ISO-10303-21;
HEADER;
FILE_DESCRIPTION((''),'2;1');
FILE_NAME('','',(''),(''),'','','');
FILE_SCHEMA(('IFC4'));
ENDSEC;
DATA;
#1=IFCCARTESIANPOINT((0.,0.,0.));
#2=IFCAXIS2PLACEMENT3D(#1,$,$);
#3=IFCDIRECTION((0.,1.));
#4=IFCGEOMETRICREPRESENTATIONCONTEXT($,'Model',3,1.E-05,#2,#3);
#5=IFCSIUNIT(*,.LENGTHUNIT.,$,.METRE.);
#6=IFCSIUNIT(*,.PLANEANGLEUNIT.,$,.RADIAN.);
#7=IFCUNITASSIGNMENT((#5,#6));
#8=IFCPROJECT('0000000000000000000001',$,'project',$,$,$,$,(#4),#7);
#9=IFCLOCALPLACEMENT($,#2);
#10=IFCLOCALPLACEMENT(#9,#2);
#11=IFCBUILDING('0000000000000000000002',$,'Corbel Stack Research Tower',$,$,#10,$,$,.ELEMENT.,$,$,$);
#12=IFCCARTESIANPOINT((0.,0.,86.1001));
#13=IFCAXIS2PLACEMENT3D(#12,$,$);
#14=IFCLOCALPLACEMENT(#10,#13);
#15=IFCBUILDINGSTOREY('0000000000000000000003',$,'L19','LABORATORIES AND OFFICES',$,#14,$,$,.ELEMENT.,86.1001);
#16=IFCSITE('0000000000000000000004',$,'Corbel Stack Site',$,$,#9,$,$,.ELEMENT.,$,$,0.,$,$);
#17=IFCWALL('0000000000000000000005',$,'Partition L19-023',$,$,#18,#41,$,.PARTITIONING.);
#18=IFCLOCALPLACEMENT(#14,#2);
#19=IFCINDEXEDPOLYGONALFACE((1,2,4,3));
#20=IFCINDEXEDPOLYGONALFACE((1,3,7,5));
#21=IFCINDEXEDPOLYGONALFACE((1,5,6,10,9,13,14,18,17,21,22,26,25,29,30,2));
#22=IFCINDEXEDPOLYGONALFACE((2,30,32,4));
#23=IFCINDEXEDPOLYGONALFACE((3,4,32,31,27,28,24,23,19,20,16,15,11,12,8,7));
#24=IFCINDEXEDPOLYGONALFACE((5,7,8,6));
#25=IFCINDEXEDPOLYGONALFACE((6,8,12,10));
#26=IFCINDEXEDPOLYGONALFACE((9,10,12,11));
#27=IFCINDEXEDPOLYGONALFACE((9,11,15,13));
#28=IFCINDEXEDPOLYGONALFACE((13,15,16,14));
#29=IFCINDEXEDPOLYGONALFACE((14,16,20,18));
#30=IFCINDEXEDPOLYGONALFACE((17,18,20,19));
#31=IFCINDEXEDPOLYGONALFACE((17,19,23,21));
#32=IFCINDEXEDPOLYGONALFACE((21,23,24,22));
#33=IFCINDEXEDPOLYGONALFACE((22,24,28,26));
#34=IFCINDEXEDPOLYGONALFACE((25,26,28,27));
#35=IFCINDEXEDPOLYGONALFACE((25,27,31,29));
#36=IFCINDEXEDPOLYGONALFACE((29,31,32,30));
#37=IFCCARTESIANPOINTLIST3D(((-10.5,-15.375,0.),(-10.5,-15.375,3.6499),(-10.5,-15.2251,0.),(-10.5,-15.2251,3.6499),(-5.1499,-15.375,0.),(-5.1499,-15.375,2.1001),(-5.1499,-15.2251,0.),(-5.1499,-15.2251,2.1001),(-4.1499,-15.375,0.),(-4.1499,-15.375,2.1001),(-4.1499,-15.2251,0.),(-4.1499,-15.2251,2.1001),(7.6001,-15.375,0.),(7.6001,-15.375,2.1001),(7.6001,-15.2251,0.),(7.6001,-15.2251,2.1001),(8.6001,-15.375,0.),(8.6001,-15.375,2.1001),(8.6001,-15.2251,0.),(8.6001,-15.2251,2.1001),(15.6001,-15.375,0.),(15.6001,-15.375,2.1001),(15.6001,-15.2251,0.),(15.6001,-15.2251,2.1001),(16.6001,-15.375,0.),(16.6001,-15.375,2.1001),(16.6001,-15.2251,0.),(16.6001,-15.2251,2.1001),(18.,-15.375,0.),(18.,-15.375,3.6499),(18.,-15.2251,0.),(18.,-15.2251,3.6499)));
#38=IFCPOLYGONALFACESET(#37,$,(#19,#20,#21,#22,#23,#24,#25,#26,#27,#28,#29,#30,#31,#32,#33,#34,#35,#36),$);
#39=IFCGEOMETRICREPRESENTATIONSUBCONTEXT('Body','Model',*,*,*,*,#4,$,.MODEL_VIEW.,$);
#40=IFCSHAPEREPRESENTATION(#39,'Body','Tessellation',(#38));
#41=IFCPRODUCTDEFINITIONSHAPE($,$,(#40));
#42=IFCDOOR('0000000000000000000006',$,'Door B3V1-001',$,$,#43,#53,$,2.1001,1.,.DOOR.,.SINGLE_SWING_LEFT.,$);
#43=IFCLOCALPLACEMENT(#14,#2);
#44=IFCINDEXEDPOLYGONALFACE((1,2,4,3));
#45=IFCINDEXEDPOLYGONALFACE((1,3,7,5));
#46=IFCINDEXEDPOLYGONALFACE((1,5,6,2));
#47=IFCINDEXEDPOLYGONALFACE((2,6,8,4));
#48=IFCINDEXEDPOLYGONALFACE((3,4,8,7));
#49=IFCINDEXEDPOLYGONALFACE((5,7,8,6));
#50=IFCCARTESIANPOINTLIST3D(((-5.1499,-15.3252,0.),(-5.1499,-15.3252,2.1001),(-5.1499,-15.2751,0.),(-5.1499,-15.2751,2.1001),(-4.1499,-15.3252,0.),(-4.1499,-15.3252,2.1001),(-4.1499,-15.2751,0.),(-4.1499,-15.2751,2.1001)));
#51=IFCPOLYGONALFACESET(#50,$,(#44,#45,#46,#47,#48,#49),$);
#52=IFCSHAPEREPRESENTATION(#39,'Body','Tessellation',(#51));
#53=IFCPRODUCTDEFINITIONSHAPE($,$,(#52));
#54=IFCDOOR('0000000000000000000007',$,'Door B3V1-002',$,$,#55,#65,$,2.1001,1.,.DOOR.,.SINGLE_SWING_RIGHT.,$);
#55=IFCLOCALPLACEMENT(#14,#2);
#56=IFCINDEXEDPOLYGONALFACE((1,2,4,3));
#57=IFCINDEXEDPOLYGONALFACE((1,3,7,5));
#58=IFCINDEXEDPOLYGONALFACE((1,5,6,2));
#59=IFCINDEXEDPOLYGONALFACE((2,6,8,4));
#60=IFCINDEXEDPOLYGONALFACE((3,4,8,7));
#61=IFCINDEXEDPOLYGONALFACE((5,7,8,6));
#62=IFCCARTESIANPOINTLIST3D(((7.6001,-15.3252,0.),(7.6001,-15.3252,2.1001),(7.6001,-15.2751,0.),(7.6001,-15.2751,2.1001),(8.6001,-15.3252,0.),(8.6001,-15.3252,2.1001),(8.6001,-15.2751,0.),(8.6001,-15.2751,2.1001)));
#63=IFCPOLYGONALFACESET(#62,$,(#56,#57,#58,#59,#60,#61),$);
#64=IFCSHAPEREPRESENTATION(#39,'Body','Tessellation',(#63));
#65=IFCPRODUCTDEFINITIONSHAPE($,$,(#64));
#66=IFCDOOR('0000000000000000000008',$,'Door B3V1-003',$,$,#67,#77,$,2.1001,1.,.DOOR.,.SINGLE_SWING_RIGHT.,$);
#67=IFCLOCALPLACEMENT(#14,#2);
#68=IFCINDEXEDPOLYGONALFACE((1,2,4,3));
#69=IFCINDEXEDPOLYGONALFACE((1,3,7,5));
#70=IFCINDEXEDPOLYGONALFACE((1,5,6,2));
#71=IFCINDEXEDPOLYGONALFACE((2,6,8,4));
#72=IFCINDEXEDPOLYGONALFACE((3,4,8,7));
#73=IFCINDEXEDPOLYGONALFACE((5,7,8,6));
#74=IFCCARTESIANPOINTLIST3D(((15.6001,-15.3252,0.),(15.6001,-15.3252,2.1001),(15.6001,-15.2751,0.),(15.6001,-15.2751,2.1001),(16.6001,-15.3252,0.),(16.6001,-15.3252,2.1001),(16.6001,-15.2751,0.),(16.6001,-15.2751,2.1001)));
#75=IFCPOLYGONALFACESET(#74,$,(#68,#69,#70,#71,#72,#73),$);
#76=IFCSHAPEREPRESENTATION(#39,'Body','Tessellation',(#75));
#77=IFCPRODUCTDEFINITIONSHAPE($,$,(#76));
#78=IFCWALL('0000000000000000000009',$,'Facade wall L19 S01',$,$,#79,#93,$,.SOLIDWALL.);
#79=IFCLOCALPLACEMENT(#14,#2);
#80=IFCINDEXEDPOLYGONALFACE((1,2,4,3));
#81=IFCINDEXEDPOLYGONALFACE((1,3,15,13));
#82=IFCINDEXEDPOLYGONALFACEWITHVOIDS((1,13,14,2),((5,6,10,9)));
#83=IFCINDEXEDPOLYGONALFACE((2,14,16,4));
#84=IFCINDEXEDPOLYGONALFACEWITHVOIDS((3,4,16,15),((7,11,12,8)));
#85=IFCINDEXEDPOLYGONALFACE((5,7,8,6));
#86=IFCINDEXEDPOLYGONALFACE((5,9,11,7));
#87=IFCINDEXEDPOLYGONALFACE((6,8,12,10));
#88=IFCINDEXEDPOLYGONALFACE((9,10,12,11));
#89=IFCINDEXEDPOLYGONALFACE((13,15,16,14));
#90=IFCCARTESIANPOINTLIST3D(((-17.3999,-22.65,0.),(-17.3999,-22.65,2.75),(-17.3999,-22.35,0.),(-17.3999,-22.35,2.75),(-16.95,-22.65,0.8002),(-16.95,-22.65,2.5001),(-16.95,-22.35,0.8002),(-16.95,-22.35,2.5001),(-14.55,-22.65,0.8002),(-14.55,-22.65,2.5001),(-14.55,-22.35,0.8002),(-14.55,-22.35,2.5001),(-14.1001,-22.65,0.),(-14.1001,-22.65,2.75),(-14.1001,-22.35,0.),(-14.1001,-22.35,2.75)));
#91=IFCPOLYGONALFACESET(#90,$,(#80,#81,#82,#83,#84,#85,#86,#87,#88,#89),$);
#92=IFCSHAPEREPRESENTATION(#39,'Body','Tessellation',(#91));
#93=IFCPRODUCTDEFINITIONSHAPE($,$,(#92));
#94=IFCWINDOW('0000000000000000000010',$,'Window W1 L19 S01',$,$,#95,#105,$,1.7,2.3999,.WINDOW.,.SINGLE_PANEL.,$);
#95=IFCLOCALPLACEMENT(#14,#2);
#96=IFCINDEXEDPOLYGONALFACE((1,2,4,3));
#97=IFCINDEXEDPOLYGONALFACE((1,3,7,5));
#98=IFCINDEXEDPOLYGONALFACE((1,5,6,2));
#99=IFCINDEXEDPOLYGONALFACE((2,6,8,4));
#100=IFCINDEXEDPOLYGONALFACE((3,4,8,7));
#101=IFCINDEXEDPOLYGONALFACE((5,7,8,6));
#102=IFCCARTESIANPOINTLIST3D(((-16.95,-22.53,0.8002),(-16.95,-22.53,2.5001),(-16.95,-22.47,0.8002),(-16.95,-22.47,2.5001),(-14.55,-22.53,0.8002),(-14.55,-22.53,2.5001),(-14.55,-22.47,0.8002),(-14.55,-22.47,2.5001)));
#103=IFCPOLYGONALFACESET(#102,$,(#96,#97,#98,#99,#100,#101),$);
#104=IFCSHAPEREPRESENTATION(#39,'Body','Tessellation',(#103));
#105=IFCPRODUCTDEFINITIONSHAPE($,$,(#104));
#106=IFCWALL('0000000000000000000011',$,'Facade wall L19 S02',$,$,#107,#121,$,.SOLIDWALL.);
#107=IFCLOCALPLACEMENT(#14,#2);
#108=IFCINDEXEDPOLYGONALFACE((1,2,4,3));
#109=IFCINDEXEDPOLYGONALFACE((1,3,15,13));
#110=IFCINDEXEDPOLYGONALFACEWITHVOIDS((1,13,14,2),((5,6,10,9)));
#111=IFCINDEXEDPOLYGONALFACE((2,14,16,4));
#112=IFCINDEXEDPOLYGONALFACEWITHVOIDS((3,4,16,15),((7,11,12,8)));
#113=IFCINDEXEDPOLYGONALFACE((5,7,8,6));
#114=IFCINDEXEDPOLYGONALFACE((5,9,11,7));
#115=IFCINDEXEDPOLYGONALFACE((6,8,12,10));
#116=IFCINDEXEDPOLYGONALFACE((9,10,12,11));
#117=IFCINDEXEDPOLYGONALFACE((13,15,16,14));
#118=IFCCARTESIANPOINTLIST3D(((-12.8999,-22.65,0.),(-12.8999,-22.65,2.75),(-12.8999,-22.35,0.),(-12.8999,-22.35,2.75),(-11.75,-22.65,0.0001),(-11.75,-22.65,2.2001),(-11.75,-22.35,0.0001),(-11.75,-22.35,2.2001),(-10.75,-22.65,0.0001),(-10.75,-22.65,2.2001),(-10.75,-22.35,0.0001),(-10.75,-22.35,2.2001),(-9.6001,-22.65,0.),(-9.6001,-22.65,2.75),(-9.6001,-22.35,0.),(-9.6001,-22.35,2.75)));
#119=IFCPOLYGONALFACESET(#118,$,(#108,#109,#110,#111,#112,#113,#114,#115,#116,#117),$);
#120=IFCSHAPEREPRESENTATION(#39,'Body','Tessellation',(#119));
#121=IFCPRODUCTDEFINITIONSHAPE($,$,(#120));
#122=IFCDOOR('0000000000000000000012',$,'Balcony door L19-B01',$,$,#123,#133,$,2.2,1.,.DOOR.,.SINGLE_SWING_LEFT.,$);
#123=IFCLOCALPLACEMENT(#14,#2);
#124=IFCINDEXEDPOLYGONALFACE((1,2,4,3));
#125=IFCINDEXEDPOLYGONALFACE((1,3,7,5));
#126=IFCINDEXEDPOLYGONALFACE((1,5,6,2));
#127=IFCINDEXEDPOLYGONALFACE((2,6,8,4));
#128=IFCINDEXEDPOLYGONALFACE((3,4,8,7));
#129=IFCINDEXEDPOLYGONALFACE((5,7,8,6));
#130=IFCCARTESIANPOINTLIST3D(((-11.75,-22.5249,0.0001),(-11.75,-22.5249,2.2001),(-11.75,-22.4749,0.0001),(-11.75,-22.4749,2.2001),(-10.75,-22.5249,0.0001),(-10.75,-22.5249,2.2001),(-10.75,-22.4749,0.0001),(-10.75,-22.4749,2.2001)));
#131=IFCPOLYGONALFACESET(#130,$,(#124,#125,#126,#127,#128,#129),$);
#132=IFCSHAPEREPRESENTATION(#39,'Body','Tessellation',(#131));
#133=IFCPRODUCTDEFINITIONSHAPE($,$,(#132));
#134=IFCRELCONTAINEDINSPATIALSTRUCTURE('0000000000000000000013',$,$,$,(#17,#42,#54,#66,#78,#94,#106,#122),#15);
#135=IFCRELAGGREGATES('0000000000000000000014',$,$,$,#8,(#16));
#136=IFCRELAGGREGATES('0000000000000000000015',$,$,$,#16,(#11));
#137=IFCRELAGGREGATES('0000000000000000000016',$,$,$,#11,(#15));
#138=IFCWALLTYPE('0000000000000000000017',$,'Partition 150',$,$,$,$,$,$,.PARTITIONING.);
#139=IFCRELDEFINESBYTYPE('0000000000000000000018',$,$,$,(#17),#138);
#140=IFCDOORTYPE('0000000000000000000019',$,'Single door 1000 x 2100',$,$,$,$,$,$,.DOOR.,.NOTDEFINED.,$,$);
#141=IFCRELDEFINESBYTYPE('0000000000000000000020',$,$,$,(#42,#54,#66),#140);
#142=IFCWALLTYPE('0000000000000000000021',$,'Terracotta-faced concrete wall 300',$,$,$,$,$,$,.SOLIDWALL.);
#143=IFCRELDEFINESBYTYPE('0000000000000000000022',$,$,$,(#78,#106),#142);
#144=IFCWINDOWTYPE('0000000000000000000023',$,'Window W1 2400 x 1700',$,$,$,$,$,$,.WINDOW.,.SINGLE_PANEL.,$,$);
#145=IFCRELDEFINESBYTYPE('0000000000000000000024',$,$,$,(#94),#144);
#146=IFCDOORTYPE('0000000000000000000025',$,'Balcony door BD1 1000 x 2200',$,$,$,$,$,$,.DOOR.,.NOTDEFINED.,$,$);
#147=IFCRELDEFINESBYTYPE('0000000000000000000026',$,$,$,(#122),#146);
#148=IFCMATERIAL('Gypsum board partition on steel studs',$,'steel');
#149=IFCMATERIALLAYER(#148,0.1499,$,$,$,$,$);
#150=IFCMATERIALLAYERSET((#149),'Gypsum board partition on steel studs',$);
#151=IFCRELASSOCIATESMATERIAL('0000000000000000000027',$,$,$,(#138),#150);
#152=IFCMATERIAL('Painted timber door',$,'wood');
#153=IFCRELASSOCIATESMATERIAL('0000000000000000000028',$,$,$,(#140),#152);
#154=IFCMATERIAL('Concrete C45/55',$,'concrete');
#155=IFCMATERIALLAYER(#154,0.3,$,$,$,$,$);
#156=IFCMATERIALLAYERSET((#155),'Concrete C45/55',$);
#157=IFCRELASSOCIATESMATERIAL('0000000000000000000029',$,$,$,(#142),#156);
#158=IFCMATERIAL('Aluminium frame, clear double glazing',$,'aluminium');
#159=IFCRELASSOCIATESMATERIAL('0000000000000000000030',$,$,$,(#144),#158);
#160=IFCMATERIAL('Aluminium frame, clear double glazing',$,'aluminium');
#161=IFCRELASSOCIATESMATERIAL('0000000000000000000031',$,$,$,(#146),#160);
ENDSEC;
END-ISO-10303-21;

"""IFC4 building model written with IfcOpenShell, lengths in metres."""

from ifc_helpers import new_model, si_unit, direction, frame, frame_2d, origin, place, context, subcontext, project, spatial, rectangle, extrude, material, layer, layer_set, type_object, element, fill, save


model = new_model("IFC4")

# Units and contexts
model_context = context("Model", 3, precision=1e-05, world=origin(), true_north=direction((0.0, 1.0)))
body_context = subcontext(model_context, "Body", "Model", "MODEL_VIEW")
ifc_project = project(units=[si_unit("LENGTHUNIT", "METRE"), si_unit("PLANEANGLEUNIT", "RADIAN")], contexts=[model_context])

# Site, building, storey
site_placement = place(None, origin())
site = spatial("IfcSite", under=ifc_project, at=site_placement, Name="Corbel Stack Site", CompositionType="ELEMENT", RefElevation=0.0)
building_placement = place(site_placement, origin())
building = spatial("IfcBuilding", under=site, at=building_placement, Name="Corbel Stack Research Tower", CompositionType="ELEMENT")
storey_placement = place(building_placement, frame((0.0, 0.0, 86.1001)))
storey = spatial("IfcBuildingStorey", under=building, at=storey_placement, Name="L19", Description="LABORATORIES AND OFFICES", CompositionType="ELEMENT", Elevation=86.1001)

# Wall, openings, doors
ifc_material_1 = material(Name="Gypsum board partition on steel studs", Category="steel")
ifc_layer_1 = layer(ifc_material_1, 0.1499)
ifc_layer_set_1 = layer_set([ifc_layer_1], Name="Gypsum board partition on steel studs")
wall_type_1 = type_object("IfcWallType", Name="Partition 150", PredefinedType="PARTITIONING", material=ifc_layer_set_1)
wall_1_placement = place(storey_placement, frame((-10.5, -15.3, 0.0), z_axis=(0.0, 0.0, 1.0), x_axis=(1.0, 0.0, 0.0)))
wall_1 = element("IfcWall", 1, at=wall_1_placement, inside=storey, type_object=wall_type_1, Name="Partition L19-023", PredefinedType="PARTITIONING", context=body_context, shape_type="SweptSolid", body=[
    extrude(rectangle(XDim=28.5, YDim=0.1499, at=frame_2d((14.25, 0.0))), origin(), (0.0, 0.0, 1.0), 3.6499),
])
opening_1_placement = place(wall_1_placement, frame((5.3501, 0.0, 0.0)))
opening_1 = element("IfcOpeningElement", 2, at=opening_1_placement, cuts=wall_1, PredefinedType="OPENING", context=body_context, shape_type="SweptSolid", body=[
    extrude(rectangle(XDim=1.0, YDim=2.1001, at=frame_2d((0.5, 1.05))), frame((0.0, 0.085, 0.0), z_axis=(0.0, -1.0, 0.0), x_axis=(1.0, 0.0, 0.0)), (0.0, 0.0, 1.0), 0.1699),
])
opening_2_placement = place(wall_1_placement, frame((18.1001, 0.0, 0.0)))
opening_2 = element("IfcOpeningElement", 3, at=opening_2_placement, cuts=wall_1, PredefinedType="OPENING", context=body_context, shape_type="SweptSolid", body=[
    extrude(rectangle(XDim=1.0, YDim=2.1001, at=frame_2d((0.5, 1.05))), frame((0.0, 0.085, 0.0), z_axis=(0.0, -1.0, 0.0), x_axis=(1.0, 0.0, 0.0)), (0.0, 0.0, 1.0), 0.1699),
])
opening_3_placement = place(wall_1_placement, frame((26.1001, 0.0, 0.0)))
opening_3 = element("IfcOpeningElement", 4, at=opening_3_placement, cuts=wall_1, PredefinedType="OPENING", context=body_context, shape_type="SweptSolid", body=[
    extrude(rectangle(XDim=1.0, YDim=2.1001, at=frame_2d((0.5, 1.05))), frame((0.0, 0.085, 0.0), z_axis=(0.0, -1.0, 0.0), x_axis=(1.0, 0.0, 0.0)), (0.0, 0.0, 1.0), 0.1699),
])
ifc_material_2 = material(Name="Painted timber door", Category="wood")
door_type_1 = type_object("IfcDoorType", Name="Single door 1000 x 2100", OperationType="NOTDEFINED", PredefinedType="DOOR", material=ifc_material_2)
door_1_placement = place(opening_1_placement, origin())
door_1 = element("IfcDoor", 5, at=door_1_placement, inside=storey, type_object=door_type_1, Name="Door B3V1-001", OperationType="SINGLE_SWING_LEFT", OverallHeight=2.1001, OverallWidth=1.0, PredefinedType="DOOR", context=body_context, shape_type="SweptSolid", body=[
    extrude(rectangle(XDim=1.0, YDim=2.1001, at=frame_2d((0.5, 1.05))), frame((0.0, 0.0249, 0.0), z_axis=(0.0, -1.0, 0.0), x_axis=(1.0, 0.0, 0.0)), (0.0, 0.0, 1.0), 0.05),
])
fill(opening_1, door_1)
door_2_placement = place(opening_2_placement, origin())
door_2 = element("IfcDoor", 6, at=door_2_placement, inside=storey, type_object=door_type_1, Name="Door B3V1-002", OperationType="SINGLE_SWING_RIGHT", OverallHeight=2.1001, OverallWidth=1.0, PredefinedType="DOOR", context=body_context, shape_type="SweptSolid", body=[
    extrude(rectangle(XDim=1.0, YDim=2.1001, at=frame_2d((0.5, 1.05))), frame((0.0, 0.0249, 0.0), z_axis=(0.0, -1.0, 0.0), x_axis=(1.0, 0.0, 0.0)), (0.0, 0.0, 1.0), 0.05),
])
fill(opening_2, door_2)
door_3_placement = place(opening_3_placement, origin())
door_3 = element("IfcDoor", 7, at=door_3_placement, inside=storey, type_object=door_type_1, Name="Door B3V1-003", OperationType="SINGLE_SWING_RIGHT", OverallHeight=2.1001, OverallWidth=1.0, PredefinedType="DOOR", context=body_context, shape_type="SweptSolid", body=[
    extrude(rectangle(XDim=1.0, YDim=2.1001, at=frame_2d((0.5, 1.05))), frame((0.0, 0.0249, 0.0), z_axis=(0.0, -1.0, 0.0), x_axis=(1.0, 0.0, 0.0)), (0.0, 0.0, 1.0), 0.05),
])
fill(opening_3, door_3)

# Wall, opening, window
ifc_material_3 = material(Name="Concrete C45/55", Category="concrete")
ifc_layer_2 = layer(ifc_material_3, 0.3)
ifc_layer_set_2 = layer_set([ifc_layer_2], Name="Concrete C45/55")
wall_type_2 = type_object("IfcWallType", Name="Terracotta-faced concrete wall 300", PredefinedType="SOLIDWALL", material=ifc_layer_set_2)
wall_2_placement = place(storey_placement, frame((-14.1001, -22.5, 0.0), z_axis=(0.0, 0.0, 1.0), x_axis=(-1.0, 0.0, 0.0)))
wall_2 = element("IfcWall", 8, at=wall_2_placement, inside=storey, type_object=wall_type_2, Name="Facade wall L19 S01", PredefinedType="SOLIDWALL", context=body_context, shape_type="SweptSolid", body=[
    extrude(rectangle(XDim=3.2998, YDim=0.3, at=frame_2d((1.6499, 0.0))), origin(), (0.0, 0.0, 1.0), 2.75),
])
opening_4_placement = place(wall_2_placement, frame((0.45, 0.0, 0.8)))
opening_4 = element("IfcOpeningElement", 9, at=opening_4_placement, cuts=wall_2, PredefinedType="OPENING", context=body_context, shape_type="SweptSolid", body=[
    extrude(rectangle(XDim=2.3999, YDim=1.7, at=frame_2d((1.2, 0.8501))), frame((0.0, 0.1599, 0.0), z_axis=(0.0, -1.0, 0.0), x_axis=(1.0, 0.0, 0.0)), (0.0, 0.0, 1.0), 0.3201),
])
ifc_material_4 = material(Name="Aluminium frame, clear double glazing", Category="aluminium")
window_type = type_object("IfcWindowType", Name="Window W1 2400 x 1700", PartitioningType="SINGLE_PANEL", PredefinedType="WINDOW", material=ifc_material_4)
window_placement = place(opening_4_placement, origin())
window = element("IfcWindow", 10, at=window_placement, inside=storey, type_object=window_type, Name="Window W1 L19 S01", OverallHeight=1.7, OverallWidth=2.3999, PartitioningType="SINGLE_PANEL", PredefinedType="WINDOW", context=body_context, shape_type="SweptSolid", body=[
    extrude(rectangle(XDim=2.3999, YDim=1.7, at=frame_2d((1.2, 0.8501))), frame((0.0, 0.03, 0.0), z_axis=(0.0, -1.0, 0.0), x_axis=(1.0, 0.0, 0.0)), (0.0, 0.0, 1.0), 0.0601),
])
fill(opening_4, window)

# Wall, opening, door
wall_3_placement = place(storey_placement, frame((-9.6001, -22.5, 0.0), z_axis=(0.0, 0.0, 1.0), x_axis=(-1.0, 0.0, 0.0)))
wall_3 = element("IfcWall", 11, at=wall_3_placement, inside=storey, type_object=wall_type_2, Name="Facade wall L19 S02", PredefinedType="SOLIDWALL", context=body_context, shape_type="SweptSolid", body=[
    extrude(rectangle(XDim=3.2998, YDim=0.3, at=frame_2d((1.6499, 0.0))), origin(), (0.0, 0.0, 1.0), 2.75),
])
opening_5_placement = place(wall_3_placement, frame((1.1499, 0.0, 0.0)))
opening_5 = element("IfcOpeningElement", 12, at=opening_5_placement, cuts=wall_3, PredefinedType="OPENING", context=body_context, shape_type="SweptSolid", body=[
    extrude(rectangle(XDim=1.0, YDim=2.2, at=frame_2d((0.5, 1.1001))), frame((0.0, 0.1599, 0.0), z_axis=(0.0, -1.0, 0.0), x_axis=(1.0, 0.0, 0.0)), (0.0, 0.0, 1.0), 0.3201),
])
ifc_material_5 = material(Name="Aluminium frame, clear double glazing", Category="aluminium")
door_type_2 = type_object("IfcDoorType", Name="Balcony door BD1 1000 x 2200", OperationType="NOTDEFINED", PredefinedType="DOOR", material=ifc_material_5)
door_4_placement = place(opening_5_placement, origin())
door_4 = element("IfcDoor", 13, at=door_4_placement, inside=storey, type_object=door_type_2, Name="Balcony door L19-B01", OperationType="SINGLE_SWING_LEFT", OverallHeight=2.2, OverallWidth=1.0, PredefinedType="DOOR", context=body_context, shape_type="SweptSolid", body=[
    extrude(rectangle(XDim=1.0, YDim=2.2, at=frame_2d((0.5, 1.1001))), frame((0.0, 0.0249, 0.0), z_axis=(0.0, -1.0, 0.0), x_axis=(1.0, 0.0, 0.0)), (0.0, 0.0, 1.0), 0.05),
])
fill(opening_5, door_4)

save(model, "model.ifc")
